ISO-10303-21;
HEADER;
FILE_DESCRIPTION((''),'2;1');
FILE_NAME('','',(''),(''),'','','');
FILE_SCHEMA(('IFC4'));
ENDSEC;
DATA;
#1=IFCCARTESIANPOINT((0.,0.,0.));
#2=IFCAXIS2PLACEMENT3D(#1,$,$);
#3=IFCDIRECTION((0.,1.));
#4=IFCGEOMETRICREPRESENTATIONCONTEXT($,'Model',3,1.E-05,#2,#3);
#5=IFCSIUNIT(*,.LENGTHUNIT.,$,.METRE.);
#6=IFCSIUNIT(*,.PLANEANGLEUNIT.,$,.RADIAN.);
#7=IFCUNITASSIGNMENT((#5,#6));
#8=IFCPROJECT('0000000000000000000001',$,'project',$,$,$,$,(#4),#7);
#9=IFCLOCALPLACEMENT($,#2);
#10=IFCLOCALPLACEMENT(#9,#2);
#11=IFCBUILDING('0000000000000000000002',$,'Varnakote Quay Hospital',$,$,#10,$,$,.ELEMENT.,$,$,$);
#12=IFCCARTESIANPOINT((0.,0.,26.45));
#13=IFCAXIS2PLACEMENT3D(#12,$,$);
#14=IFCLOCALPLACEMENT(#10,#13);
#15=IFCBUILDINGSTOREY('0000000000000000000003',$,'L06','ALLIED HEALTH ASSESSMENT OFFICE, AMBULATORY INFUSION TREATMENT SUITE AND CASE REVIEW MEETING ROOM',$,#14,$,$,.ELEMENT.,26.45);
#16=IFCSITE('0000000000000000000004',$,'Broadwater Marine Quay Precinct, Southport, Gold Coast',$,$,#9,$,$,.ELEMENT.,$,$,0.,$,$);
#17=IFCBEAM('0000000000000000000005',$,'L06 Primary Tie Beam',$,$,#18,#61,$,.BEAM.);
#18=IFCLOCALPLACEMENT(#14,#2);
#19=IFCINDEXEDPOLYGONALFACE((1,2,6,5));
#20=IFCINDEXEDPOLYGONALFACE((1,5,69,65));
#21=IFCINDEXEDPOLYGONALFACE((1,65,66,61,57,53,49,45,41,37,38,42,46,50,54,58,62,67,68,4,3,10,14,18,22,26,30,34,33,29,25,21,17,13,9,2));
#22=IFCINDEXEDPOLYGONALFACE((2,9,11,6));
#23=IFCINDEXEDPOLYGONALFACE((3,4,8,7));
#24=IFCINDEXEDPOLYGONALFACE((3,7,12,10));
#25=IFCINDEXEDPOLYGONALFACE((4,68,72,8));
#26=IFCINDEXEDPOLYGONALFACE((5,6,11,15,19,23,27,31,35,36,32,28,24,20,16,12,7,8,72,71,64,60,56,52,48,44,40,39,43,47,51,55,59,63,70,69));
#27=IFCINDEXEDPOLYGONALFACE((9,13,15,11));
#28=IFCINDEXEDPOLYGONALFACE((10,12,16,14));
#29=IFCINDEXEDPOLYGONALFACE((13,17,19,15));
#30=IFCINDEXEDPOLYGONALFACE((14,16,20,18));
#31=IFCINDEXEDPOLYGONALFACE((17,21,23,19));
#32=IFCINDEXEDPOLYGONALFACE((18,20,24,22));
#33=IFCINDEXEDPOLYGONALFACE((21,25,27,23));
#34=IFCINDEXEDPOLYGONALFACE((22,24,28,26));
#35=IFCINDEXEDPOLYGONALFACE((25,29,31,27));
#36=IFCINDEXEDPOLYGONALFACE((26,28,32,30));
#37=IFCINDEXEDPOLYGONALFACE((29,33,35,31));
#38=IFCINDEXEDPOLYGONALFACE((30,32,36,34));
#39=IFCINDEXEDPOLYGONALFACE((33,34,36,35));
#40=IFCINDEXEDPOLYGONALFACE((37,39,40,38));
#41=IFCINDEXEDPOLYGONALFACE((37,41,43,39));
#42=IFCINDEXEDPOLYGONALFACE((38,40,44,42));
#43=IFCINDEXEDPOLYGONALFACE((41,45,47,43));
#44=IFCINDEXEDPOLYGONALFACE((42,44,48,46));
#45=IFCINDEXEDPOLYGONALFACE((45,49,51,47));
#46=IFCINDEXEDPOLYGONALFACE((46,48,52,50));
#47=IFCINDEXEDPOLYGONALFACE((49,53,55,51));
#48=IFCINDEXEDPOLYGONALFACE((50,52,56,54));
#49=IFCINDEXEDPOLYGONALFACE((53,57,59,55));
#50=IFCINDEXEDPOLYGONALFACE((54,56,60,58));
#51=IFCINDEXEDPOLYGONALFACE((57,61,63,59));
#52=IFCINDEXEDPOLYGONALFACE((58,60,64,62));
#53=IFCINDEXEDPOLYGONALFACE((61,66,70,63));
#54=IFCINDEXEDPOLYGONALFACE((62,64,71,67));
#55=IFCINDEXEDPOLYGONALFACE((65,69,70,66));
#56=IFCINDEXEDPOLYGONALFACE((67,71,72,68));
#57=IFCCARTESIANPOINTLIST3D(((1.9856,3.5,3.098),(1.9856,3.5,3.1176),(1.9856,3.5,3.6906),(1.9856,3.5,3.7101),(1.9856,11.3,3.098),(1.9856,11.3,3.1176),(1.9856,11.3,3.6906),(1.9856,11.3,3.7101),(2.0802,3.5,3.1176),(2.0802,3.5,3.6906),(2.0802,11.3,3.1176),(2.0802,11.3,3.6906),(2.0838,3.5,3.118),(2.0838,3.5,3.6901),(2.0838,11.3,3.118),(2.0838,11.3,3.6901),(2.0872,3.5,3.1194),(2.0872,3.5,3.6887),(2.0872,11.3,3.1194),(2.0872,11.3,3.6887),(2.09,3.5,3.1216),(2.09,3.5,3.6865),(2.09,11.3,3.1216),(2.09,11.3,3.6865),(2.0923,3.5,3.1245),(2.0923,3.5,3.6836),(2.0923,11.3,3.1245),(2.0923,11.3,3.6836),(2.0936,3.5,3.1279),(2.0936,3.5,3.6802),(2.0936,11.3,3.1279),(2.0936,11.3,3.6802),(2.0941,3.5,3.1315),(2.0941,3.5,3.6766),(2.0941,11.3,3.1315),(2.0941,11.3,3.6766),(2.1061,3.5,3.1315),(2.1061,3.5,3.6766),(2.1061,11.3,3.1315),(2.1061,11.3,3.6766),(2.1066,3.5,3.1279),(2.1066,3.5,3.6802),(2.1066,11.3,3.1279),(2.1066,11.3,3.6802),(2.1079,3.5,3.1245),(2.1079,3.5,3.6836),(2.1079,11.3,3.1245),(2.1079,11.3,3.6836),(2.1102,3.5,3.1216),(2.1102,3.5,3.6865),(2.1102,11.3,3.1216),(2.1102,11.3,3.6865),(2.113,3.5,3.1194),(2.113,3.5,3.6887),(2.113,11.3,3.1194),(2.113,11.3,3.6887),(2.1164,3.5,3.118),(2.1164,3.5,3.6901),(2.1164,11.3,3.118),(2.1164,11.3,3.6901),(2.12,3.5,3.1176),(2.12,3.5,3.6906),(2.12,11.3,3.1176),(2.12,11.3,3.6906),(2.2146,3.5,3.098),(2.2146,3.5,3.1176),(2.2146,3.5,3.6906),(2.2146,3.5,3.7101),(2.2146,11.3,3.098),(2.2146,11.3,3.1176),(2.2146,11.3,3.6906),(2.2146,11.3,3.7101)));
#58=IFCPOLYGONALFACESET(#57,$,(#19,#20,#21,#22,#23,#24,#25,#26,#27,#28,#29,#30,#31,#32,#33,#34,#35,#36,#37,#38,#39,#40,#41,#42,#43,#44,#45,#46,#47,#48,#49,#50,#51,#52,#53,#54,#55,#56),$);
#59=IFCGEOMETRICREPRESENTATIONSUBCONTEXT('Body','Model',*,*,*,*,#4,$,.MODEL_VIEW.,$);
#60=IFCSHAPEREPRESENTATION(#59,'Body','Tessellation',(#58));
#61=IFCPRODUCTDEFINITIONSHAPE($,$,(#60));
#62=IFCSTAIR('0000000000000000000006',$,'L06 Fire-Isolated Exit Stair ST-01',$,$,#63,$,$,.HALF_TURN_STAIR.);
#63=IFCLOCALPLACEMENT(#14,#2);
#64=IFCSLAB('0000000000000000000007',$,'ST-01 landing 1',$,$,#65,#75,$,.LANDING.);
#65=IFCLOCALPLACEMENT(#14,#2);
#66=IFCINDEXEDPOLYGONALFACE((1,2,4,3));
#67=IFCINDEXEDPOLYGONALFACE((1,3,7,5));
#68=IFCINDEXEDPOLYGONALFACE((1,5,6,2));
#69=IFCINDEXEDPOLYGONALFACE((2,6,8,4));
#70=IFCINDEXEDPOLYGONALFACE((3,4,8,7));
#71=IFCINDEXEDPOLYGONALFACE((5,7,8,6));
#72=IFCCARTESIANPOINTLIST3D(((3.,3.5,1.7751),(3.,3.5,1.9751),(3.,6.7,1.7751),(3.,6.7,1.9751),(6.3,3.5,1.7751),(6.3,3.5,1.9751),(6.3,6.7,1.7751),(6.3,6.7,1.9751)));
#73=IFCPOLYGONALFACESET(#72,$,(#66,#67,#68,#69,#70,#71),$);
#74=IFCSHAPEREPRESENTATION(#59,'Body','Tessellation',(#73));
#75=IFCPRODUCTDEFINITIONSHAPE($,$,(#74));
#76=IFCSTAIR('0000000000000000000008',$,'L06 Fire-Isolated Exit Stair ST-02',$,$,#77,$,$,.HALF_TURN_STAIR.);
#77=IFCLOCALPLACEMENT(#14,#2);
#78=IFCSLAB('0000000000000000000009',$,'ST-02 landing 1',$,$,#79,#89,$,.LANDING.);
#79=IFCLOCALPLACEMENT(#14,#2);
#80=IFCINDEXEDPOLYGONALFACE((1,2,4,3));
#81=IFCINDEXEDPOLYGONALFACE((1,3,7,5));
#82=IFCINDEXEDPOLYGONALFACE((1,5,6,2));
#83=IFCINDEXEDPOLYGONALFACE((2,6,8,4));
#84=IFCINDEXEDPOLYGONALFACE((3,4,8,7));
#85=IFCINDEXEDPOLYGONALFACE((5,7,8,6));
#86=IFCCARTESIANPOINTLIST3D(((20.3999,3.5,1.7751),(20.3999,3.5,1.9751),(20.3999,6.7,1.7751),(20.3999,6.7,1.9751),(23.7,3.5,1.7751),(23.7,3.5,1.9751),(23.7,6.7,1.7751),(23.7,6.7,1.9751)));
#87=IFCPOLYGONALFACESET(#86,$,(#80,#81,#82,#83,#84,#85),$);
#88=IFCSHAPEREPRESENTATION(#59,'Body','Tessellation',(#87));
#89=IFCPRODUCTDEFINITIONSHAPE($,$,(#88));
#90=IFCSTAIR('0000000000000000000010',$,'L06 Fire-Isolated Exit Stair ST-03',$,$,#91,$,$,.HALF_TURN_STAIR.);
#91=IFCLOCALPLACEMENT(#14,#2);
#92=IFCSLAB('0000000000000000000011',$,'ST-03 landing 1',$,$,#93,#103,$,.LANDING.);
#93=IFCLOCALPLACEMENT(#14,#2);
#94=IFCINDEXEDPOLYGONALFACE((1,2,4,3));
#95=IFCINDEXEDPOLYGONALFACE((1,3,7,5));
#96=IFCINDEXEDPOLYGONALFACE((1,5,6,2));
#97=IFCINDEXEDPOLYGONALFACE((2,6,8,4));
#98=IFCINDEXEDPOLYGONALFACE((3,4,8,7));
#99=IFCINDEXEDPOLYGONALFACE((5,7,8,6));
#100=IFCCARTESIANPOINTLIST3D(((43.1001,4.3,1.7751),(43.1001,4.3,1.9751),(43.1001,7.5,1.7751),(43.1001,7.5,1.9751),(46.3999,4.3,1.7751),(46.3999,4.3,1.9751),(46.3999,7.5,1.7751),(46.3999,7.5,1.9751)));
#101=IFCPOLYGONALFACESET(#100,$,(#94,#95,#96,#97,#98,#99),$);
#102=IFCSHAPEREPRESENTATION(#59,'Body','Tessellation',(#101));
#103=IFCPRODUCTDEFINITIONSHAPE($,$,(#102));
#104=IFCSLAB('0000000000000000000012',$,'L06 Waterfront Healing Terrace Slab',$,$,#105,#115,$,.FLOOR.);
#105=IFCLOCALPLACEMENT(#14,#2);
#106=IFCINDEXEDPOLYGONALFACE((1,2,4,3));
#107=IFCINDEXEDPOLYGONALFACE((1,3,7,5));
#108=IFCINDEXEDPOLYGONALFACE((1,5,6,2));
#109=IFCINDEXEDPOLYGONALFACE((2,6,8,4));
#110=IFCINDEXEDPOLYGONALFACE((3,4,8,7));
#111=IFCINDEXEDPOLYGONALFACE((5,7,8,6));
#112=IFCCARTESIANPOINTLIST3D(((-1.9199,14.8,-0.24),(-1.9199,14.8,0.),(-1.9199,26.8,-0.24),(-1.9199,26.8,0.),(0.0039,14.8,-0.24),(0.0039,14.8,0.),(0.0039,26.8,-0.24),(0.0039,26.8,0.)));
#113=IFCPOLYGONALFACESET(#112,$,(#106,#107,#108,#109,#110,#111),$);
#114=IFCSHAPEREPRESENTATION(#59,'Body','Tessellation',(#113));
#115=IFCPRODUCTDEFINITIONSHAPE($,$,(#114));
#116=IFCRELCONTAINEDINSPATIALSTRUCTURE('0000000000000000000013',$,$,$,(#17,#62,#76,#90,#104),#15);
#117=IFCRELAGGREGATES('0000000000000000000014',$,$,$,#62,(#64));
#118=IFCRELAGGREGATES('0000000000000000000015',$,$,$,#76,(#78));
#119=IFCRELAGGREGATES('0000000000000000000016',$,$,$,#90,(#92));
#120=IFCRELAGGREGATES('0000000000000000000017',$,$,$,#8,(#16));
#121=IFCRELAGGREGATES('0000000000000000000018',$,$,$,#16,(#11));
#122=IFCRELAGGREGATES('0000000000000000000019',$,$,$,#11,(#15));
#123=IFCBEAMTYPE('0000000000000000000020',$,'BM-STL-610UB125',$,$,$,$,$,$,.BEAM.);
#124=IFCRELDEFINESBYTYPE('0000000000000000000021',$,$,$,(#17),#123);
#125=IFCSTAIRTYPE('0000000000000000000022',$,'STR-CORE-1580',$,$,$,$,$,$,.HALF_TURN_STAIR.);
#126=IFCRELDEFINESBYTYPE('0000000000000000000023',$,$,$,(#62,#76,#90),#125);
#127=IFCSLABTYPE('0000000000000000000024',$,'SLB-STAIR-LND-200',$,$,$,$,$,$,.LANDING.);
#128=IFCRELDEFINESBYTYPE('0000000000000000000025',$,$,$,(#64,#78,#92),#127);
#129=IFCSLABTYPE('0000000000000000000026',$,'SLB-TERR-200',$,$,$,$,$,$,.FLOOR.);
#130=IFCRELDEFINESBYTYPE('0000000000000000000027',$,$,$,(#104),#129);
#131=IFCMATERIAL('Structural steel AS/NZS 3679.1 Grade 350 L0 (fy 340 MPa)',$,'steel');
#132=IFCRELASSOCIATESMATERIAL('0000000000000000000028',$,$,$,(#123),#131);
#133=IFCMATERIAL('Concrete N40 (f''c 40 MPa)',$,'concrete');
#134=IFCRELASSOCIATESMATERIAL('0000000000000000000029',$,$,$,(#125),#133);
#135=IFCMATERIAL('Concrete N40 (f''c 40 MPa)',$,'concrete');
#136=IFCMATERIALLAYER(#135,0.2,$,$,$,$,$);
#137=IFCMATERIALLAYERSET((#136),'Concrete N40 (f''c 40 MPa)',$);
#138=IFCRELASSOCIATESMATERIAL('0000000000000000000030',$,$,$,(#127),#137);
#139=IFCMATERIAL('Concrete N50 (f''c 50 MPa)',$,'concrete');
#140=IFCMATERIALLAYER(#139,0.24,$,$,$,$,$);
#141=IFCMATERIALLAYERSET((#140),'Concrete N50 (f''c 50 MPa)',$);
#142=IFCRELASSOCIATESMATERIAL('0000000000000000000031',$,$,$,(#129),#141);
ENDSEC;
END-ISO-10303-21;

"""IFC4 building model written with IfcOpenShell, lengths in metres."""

from ifc_helpers import new_model, si_unit, direction, frame, origin, origin_2d, place, context, subcontext, project, spatial, polyline, i_section, outline, extrude, material, layer, layer_set, material_profile, profile_set, type_object, element, aggregate, save


model = new_model("IFC4")

# Units and contexts
model_context = context("Model", 3, precision=1e-05, world=origin(), true_north=direction((0.0, 1.0)))
body_context = subcontext(model_context, "Body", "Model", "MODEL_VIEW")
ifc_project = project(units=[si_unit("LENGTHUNIT", "METRE"), si_unit("PLANEANGLEUNIT", "RADIAN")], contexts=[model_context])

# Site, building, storey
site_placement = place(None, origin())
site = spatial("IfcSite", under=ifc_project, at=site_placement, Name="Broadwater Marine Quay Precinct, Southport, Gold Coast", CompositionType="ELEMENT", RefElevation=0.0)
building_placement = place(site_placement, origin())
building = spatial("IfcBuilding", under=site, at=building_placement, Name="Varnakote Quay Hospital", CompositionType="ELEMENT")
storey_placement = place(building_placement, frame((0.0, 0.0, 26.45)))
storey = spatial("IfcBuildingStorey", under=building, at=storey_placement, Name="L06", Description="ALLIED HEALTH ASSESSMENT OFFICE, AMBULATORY INFUSION TREATMENT SUITE AND CASE REVIEW MEETING ROOM", CompositionType="ELEMENT", Elevation=26.45)

# Beam
ifc_material_1 = material(Name="Structural steel AS/NZS 3679.1 Grade 350 L0 (fy 340 MPa)", Category="steel")
ifc_material_profile_1 = material_profile(ifc_material_1, i_section(OverallWidth=0.229, OverallDepth=0.6121, WebThickness=0.012, FlangeThickness=0.0195, FilletRadius=0.0139, at=origin_2d()), Name="610UB125")
ifc_profile_set_1 = profile_set([ifc_material_profile_1], Name="Structural steel AS/NZS 3679.1 Grade 350 L0 (fy 340 MPa)")
beam_type_1 = type_object("IfcBeamType", Name="BM-STL-610UB125", PredefinedType="BEAM", material=ifc_profile_set_1)
beam_1_placement = place(storey_placement, frame((2.1001, 3.5, 3.4041), z_axis=(0.0, 1.0, 0.0), x_axis=(-1.0, 0.0, 0.0)))
element("IfcBeam", 1, at=beam_1_placement, inside=storey, type_object=beam_type_1, Name="L06 Primary Tie Beam", PredefinedType="BEAM", context=body_context, shape_type="SweptSolid", body=[
    extrude(i_section(OverallWidth=0.229, OverallDepth=0.6121, WebThickness=0.012, FlangeThickness=0.0195, FilletRadius=0.0139, at=origin_2d()), origin(), (0.0, 0.0, 1.0), 7.8),
])

# Stairs, slabs
ifc_material_2 = material(Name="Concrete N40 (f'c 40 MPa)", Category="concrete")
stair_type = type_object("IfcStairType", Name="STR-CORE-1580", PredefinedType="HALF_TURN_STAIR", material=ifc_material_2)
stair_1_placement = place(storey_placement, origin())
stair_1 = element("IfcStair", 2, at=stair_1_placement, inside=storey, type_object=stair_type, Name="L06 Fire-Isolated Exit Stair ST-01", PredefinedType="HALF_TURN_STAIR")
ifc_material_3 = material(Name="Concrete N40 (f'c 40 MPa)", Category="concrete")
ifc_layer_1 = layer(ifc_material_3, 0.2)
ifc_layer_set_1 = layer_set([ifc_layer_1], Name="Concrete N40 (f'c 40 MPa)")
slab_type_1 = type_object("IfcSlabType", Name="SLB-STAIR-LND-200", PredefinedType="LANDING", material=ifc_layer_set_1)
slab_1_placement = place(storey_placement, frame((0.0, 0.0, 1.7751)))
slab_1 = element("IfcSlab", 3, at=slab_1_placement, type_object=slab_type_1, Name="ST-01 landing 1", PredefinedType="LANDING", context=body_context, shape_type="SweptSolid", body=[
    extrude(outline(polyline([(3.0, 6.7), (3.0, 3.5), (6.3, 3.5), (6.3, 6.7), (3.0, 6.7)])), origin(), (0.0, 0.0, 1.0), 0.2),
])
aggregate(stair_1, [slab_1])
stair_2_placement = place(storey_placement, origin())
stair_2 = element("IfcStair", 4, at=stair_2_placement, inside=storey, type_object=stair_type, Name="L06 Fire-Isolated Exit Stair ST-02", PredefinedType="HALF_TURN_STAIR")
slab_2_placement = place(storey_placement, frame((0.0, 0.0, 1.7751)))
slab_2 = element("IfcSlab", 5, at=slab_2_placement, type_object=slab_type_1, Name="ST-02 landing 1", PredefinedType="LANDING", context=body_context, shape_type="SweptSolid", body=[
    extrude(outline(polyline([(20.3999, 6.7), (20.3999, 3.5), (23.7, 3.5), (23.7, 6.7), (20.3999, 6.7)])), origin(), (0.0, 0.0, 1.0), 0.2),
])
aggregate(stair_2, [slab_2])
stair_3_placement = place(storey_placement, origin())
stair_3 = element("IfcStair", 6, at=stair_3_placement, inside=storey, type_object=stair_type, Name="L06 Fire-Isolated Exit Stair ST-03", PredefinedType="HALF_TURN_STAIR")
slab_3_placement = place(storey_placement, frame((0.0, 0.0, 1.7751)))
slab_3 = element("IfcSlab", 7, at=slab_3_placement, type_object=slab_type_1, Name="ST-03 landing 1", PredefinedType="LANDING", context=body_context, shape_type="SweptSolid", body=[
    extrude(outline(polyline([(43.1001, 7.5), (43.1001, 4.3), (46.3999, 4.3), (46.3999, 7.5), (43.1001, 7.5)])), origin(), (0.0, 0.0, 1.0), 0.2),
])
aggregate(stair_3, [slab_3])

# Slab
ifc_material_4 = material(Name="Concrete N50 (f'c 50 MPa)", Category="concrete")
ifc_layer_2 = layer(ifc_material_4, 0.24)
ifc_layer_set_2 = layer_set([ifc_layer_2], Name="Concrete N50 (f'c 50 MPa)")
slab_type_2 = type_object("IfcSlabType", Name="SLB-TERR-200", PredefinedType="FLOOR", material=ifc_layer_set_2)
slab_4_placement = place(storey_placement, frame((0.0, 0.0, -0.24)))
element("IfcSlab", 8, at=slab_4_placement, inside=storey, type_object=slab_type_2, Name="L06 Waterfront Healing Terrace Slab", PredefinedType="FLOOR", context=body_context, shape_type="SweptSolid", body=[
    extrude(outline(polyline([(0.0039, 14.8), (0.0039, 26.8), (-1.9199, 26.8), (-1.9199, 14.8), (0.0039, 14.8)])), origin(), (0.0, 0.0, 1.0), 0.24),
])

save(model, "model.ifc")
